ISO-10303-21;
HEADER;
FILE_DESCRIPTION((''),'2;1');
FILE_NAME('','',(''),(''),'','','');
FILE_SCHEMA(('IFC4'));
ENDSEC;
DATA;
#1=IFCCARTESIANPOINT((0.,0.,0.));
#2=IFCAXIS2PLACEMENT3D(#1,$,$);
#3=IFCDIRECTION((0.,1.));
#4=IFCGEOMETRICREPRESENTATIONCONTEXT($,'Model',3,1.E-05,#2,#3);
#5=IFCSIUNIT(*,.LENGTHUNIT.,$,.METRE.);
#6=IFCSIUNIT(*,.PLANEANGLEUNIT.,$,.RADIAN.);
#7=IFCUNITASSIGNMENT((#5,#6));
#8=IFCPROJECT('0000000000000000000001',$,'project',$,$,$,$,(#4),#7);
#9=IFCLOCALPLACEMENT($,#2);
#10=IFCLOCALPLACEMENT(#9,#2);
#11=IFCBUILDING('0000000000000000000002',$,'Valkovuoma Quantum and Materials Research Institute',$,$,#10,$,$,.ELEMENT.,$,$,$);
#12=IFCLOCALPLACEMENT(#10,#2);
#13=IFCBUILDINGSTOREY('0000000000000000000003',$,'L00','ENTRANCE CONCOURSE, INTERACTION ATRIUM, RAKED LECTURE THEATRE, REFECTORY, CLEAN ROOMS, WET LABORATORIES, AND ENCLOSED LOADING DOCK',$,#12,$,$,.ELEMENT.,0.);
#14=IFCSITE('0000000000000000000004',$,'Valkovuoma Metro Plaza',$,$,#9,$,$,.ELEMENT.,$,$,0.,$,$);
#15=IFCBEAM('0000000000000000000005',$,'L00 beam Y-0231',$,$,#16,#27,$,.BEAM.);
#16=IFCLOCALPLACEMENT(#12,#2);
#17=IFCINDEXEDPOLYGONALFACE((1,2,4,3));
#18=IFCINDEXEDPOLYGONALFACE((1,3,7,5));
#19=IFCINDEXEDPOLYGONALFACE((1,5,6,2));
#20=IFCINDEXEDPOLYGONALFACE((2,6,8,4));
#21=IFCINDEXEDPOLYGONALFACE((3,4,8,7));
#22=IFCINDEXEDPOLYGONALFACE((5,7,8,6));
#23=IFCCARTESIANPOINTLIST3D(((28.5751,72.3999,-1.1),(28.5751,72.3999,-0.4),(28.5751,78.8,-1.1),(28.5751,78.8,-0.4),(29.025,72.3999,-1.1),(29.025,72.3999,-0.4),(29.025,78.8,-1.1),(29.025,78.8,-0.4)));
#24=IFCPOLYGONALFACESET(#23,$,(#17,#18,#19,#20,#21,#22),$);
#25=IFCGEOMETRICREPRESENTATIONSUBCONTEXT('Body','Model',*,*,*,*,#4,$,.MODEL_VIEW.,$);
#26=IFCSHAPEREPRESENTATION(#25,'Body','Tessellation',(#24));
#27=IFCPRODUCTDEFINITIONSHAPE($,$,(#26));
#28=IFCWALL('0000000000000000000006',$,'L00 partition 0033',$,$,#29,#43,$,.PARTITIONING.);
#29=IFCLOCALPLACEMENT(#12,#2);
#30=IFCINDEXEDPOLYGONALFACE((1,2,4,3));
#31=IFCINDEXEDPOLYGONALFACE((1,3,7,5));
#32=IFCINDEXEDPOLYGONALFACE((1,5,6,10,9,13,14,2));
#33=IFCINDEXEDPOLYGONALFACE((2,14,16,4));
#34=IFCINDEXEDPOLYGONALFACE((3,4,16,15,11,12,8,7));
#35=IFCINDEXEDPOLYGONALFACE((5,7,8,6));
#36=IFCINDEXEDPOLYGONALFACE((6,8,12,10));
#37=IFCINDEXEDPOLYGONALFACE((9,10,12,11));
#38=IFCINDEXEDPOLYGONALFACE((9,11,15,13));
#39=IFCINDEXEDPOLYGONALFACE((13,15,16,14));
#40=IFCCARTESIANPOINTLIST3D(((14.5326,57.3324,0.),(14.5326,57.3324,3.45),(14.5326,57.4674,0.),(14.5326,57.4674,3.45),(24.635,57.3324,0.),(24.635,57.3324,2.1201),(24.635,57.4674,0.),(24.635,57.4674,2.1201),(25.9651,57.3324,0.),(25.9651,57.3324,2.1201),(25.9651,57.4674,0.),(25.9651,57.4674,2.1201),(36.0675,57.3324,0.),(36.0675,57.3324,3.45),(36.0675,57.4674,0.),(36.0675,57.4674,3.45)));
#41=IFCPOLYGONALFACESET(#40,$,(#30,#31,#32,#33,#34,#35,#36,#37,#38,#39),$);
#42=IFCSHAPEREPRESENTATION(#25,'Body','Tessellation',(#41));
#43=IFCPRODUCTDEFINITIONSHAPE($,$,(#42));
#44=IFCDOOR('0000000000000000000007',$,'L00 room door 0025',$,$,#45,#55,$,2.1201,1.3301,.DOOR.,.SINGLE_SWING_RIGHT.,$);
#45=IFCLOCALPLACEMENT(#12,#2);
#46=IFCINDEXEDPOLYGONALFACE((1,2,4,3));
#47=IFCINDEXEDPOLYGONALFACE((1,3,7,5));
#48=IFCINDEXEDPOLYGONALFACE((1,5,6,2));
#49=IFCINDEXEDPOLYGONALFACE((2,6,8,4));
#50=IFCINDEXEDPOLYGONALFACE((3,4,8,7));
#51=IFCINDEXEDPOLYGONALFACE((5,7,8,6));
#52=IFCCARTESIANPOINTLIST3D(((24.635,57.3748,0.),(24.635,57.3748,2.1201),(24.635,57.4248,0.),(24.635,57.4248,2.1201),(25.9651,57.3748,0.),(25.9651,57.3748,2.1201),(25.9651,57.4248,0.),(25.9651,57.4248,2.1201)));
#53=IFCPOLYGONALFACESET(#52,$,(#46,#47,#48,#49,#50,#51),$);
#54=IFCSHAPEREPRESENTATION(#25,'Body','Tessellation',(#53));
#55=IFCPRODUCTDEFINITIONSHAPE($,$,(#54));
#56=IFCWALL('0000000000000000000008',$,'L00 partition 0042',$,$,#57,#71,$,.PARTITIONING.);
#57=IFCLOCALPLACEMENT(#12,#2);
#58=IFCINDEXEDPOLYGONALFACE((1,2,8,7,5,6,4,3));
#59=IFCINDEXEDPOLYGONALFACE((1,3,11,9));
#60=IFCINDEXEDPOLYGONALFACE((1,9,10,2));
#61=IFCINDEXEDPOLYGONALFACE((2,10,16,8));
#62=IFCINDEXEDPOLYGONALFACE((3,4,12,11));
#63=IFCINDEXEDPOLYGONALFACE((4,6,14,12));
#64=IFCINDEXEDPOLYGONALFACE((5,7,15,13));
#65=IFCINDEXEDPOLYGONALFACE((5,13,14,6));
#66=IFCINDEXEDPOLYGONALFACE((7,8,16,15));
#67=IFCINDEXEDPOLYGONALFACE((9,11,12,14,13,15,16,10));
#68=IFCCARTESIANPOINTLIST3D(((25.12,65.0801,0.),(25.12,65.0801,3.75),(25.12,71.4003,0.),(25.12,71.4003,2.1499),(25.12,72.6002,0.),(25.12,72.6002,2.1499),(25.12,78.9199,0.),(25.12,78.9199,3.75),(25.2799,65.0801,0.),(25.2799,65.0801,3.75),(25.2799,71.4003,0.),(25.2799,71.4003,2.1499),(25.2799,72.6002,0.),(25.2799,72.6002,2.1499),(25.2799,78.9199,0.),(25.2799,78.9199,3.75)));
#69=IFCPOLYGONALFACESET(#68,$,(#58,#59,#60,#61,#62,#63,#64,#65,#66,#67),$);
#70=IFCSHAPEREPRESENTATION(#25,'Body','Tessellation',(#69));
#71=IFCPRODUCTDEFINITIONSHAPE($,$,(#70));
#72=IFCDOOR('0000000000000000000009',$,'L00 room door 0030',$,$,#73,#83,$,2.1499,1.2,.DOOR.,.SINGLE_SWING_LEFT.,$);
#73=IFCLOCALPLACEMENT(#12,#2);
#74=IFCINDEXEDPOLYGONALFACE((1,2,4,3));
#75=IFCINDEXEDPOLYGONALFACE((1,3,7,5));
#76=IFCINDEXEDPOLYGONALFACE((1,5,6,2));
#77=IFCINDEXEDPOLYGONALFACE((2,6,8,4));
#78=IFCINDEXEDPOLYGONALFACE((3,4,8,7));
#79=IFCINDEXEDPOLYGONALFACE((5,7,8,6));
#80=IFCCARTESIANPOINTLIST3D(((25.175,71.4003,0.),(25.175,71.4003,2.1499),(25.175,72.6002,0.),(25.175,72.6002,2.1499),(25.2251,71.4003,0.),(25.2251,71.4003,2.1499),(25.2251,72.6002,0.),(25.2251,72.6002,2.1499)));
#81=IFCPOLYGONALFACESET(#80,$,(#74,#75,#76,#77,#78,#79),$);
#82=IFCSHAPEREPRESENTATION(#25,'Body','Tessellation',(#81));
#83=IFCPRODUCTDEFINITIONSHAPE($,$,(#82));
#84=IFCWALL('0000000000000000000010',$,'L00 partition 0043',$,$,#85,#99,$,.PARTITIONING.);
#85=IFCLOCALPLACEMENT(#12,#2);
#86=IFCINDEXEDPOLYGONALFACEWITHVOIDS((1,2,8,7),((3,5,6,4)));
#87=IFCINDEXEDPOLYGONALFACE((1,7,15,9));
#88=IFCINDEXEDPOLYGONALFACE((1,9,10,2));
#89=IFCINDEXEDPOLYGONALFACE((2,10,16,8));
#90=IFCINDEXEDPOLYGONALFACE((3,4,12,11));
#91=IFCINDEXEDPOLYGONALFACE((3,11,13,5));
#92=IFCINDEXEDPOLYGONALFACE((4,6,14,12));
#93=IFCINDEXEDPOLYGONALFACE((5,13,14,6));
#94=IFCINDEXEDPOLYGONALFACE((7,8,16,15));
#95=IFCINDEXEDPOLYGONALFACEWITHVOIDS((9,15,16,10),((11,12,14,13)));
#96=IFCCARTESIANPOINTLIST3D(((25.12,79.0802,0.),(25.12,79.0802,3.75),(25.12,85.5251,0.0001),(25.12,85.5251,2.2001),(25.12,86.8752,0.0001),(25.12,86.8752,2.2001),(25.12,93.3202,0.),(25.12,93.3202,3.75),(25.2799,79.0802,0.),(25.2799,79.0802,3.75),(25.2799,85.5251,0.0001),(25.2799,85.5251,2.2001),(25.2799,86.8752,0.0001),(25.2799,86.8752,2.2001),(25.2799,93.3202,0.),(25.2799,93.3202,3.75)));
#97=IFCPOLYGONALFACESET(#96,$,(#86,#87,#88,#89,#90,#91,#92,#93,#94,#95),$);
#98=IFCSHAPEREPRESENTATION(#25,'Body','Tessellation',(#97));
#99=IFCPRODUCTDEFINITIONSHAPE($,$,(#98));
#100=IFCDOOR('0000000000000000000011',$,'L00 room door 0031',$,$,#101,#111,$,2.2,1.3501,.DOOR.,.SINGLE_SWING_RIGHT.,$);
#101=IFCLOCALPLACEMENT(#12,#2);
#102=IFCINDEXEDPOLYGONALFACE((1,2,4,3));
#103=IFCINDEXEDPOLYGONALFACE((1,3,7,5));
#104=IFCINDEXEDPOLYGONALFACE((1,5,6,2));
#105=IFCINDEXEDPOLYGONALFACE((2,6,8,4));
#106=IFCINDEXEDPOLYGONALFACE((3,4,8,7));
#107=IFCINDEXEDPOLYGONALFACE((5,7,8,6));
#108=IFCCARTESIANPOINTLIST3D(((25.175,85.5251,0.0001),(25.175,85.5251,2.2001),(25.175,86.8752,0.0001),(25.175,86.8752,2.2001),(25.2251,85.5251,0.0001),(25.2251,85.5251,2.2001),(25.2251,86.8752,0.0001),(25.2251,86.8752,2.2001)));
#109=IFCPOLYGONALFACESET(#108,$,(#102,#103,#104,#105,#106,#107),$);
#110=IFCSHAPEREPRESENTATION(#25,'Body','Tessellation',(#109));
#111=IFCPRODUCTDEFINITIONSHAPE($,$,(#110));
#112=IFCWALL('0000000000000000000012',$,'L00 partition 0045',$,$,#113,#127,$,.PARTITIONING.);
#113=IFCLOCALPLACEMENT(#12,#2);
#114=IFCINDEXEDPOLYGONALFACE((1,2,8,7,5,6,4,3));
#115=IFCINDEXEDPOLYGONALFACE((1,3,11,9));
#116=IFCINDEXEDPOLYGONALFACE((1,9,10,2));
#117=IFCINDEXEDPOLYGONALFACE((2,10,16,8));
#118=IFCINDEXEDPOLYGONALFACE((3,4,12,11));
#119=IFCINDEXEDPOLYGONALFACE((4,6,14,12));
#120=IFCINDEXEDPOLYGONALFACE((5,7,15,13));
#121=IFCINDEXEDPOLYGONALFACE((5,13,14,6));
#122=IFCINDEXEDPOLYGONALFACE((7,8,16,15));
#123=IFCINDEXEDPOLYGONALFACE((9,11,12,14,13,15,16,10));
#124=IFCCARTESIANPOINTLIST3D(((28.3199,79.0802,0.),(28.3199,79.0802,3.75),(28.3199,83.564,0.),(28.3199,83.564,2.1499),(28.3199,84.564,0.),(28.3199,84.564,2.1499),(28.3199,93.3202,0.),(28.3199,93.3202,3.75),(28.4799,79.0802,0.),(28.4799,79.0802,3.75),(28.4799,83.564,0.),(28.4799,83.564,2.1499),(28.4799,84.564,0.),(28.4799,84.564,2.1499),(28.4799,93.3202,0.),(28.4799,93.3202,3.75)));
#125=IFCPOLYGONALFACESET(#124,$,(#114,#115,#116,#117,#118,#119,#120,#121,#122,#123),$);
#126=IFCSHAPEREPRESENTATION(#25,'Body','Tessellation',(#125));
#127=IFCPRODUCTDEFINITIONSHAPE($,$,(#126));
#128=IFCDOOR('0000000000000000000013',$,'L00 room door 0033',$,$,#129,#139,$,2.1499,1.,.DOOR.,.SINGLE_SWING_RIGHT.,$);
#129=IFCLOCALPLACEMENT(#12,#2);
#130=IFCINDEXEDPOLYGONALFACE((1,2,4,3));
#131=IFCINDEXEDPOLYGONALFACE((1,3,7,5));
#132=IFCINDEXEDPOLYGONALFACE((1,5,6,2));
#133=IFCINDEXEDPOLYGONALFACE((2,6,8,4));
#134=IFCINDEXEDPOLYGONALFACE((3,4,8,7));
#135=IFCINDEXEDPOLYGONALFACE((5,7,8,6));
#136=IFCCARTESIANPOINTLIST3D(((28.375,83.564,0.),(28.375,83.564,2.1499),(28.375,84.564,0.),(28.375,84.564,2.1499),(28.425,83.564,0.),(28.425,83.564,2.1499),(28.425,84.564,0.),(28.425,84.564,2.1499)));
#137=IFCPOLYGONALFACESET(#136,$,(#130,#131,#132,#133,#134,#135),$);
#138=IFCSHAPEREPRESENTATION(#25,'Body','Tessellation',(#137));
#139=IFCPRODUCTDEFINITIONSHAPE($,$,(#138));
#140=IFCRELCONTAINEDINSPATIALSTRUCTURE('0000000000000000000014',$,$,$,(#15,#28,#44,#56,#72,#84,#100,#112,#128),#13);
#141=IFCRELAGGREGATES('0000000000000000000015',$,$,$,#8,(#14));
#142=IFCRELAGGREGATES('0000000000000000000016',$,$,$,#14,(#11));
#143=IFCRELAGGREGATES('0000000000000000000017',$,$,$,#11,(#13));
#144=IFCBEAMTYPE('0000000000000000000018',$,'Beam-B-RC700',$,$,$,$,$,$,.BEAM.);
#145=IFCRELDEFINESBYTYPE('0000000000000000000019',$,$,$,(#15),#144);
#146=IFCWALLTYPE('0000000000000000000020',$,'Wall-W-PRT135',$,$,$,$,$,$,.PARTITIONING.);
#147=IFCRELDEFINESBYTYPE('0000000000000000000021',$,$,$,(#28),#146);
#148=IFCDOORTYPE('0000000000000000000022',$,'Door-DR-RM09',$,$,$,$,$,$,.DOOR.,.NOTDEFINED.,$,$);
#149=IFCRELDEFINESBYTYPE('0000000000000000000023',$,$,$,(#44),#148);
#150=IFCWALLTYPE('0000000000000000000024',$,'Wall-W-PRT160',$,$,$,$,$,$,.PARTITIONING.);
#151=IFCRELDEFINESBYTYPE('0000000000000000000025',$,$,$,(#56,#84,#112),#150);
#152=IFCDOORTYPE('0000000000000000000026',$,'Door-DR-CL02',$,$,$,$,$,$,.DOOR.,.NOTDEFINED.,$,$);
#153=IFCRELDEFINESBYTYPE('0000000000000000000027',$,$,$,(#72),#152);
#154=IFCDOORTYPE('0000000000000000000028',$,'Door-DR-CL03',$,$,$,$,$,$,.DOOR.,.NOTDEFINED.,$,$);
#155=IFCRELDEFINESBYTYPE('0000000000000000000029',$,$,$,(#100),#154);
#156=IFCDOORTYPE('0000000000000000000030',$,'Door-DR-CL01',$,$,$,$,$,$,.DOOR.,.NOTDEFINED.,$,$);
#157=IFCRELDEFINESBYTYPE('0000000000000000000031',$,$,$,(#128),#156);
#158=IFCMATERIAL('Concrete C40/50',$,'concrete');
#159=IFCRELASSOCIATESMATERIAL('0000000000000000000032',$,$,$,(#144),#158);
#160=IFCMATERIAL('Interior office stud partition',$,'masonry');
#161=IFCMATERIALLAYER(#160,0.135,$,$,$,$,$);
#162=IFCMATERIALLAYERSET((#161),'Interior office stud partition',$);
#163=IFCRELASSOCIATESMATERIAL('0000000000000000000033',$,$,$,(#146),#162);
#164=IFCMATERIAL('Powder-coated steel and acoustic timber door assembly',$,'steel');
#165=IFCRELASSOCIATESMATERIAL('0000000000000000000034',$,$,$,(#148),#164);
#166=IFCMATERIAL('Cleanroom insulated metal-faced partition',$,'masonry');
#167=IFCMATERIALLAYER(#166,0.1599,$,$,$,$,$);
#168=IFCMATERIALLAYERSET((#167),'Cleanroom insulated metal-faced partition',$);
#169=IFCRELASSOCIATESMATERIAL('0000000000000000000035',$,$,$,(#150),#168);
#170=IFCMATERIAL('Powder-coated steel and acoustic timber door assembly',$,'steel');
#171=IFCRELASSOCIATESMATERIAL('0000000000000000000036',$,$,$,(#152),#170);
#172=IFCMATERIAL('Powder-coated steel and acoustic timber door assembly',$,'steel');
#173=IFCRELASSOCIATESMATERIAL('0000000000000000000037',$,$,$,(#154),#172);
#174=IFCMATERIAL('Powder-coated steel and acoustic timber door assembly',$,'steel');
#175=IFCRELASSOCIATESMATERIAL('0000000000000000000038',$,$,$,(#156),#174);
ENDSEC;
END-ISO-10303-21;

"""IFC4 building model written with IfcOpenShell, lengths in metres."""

from ifc_helpers import new_model, si_unit, direction, frame, frame_2d, origin, origin_2d, place, context, subcontext, project, spatial, rectangle, extrude, material, layer, layer_set, material_profile, profile_set, type_object, element, fill, save


model = new_model("IFC4")

# Units and contexts
model_context = context("Model", 3, precision=1e-05, world=origin(), true_north=direction((0.0, 1.0)))
body_context = subcontext(model_context, "Body", "Model", "MODEL_VIEW")
ifc_project = project(units=[si_unit("LENGTHUNIT", "METRE"), si_unit("PLANEANGLEUNIT", "RADIAN")], contexts=[model_context])

# Site, building, storey
site_placement = place(None, origin())
site = spatial("IfcSite", under=ifc_project, at=site_placement, Name="Valkovuoma Metro Plaza", CompositionType="ELEMENT", RefElevation=0.0)
building_placement = place(site_placement, origin())
building = spatial("IfcBuilding", under=site, at=building_placement, Name="Valkovuoma Quantum and Materials Research Institute", CompositionType="ELEMENT")
storey_placement = place(building_placement, origin())
storey = spatial("IfcBuildingStorey", under=building, at=storey_placement, Name="L00", Description="ENTRANCE CONCOURSE, INTERACTION ATRIUM, RAKED LECTURE THEATRE, REFECTORY, CLEAN ROOMS, WET LABORATORIES, AND ENCLOSED LOADING DOCK", CompositionType="ELEMENT", Elevation=0.0)

# Beam
ifc_material_1 = material(Name="Concrete C40/50", Category="concrete")
ifc_material_profile_1 = material_profile(ifc_material_1, rectangle(XDim=0.45, YDim=0.7, at=origin_2d()), Name="Concrete C40/50")
ifc_profile_set_1 = profile_set([ifc_material_profile_1], Name="Concrete C40/50")
beam_type_1 = type_object("IfcBeamType", Name="Beam-B-RC700", PredefinedType="BEAM", material=ifc_profile_set_1)
for number, where, z_axis, x_axis, name in (
    (1, (28.8, 72.3999, -0.75), (0.0, 1.0, 0.0), (-1.0, 0.0, 0.0), "L00 beam Y-0231"),
):
    element("IfcBeam", number, at=place(storey_placement, frame(where, z_axis=z_axis, x_axis=x_axis)), inside=storey, type_object=beam_type_1, Name=name, PredefinedType="BEAM", context=body_context, shape_type="SweptSolid", body=[
        extrude(rectangle(XDim=0.45, YDim=0.7, at=origin_2d()), origin(), (0.0, 0.0, 1.0), 6.4001),
    ])

# Walls, openings, doors
ifc_material_2 = material(Name="Interior office stud partition", Category="masonry")
ifc_layer_1 = layer(ifc_material_2, 0.135)
ifc_layer_set_1 = layer_set([ifc_layer_1], Name="Interior office stud partition")
wall_type_1 = type_object("IfcWallType", Name="Wall-W-PRT135", PredefinedType="PARTITIONING", material=ifc_layer_set_1)
wall_1_placement = place(storey_placement, frame((14.5325, 57.3999, 0.0), z_axis=(0.0, 0.0, 1.0), x_axis=(1.0, 0.0, 0.0)))
wall_1 = element("IfcWall", 2, at=wall_1_placement, inside=storey, type_object=wall_type_1, Name="L00 partition 0033", PredefinedType="PARTITIONING", context=body_context, shape_type="SweptSolid", body=[
    extrude(rectangle(XDim=21.5349, YDim=0.135, at=frame_2d((10.7676, 0.0))), origin(), (0.0, 0.0, 1.0), 3.45),
])
opening_1_placement = place(wall_1_placement, frame((10.1025, 0.0, 0.0)))
opening_1 = element("IfcOpeningElement", 3, at=opening_1_placement, cuts=wall_1, PredefinedType="OPENING", context=body_context, shape_type="SweptSolid", body=[
    extrude(rectangle(XDim=1.3301, YDim=2.1201, at=frame_2d((0.665, 1.0601))), frame((0.0, 0.0776, 0.0), z_axis=(0.0, -1.0, 0.0), x_axis=(1.0, 0.0, 0.0)), (0.0, 0.0, 1.0), 0.155),
])
ifc_material_3 = material(Name="Powder-coated steel and acoustic timber door assembly", Category="steel")
door_type_1 = type_object("IfcDoorType", Name="Door-DR-RM09", OperationType="NOTDEFINED", PredefinedType="DOOR", material=ifc_material_3)
door_1_placement = place(opening_1_placement, origin())
door_1 = element("IfcDoor", 4, at=door_1_placement, inside=storey, type_object=door_type_1, Name="L00 room door 0025", OperationType="SINGLE_SWING_RIGHT", OverallHeight=2.1201, OverallWidth=1.3301, PredefinedType="DOOR", context=body_context, shape_type="SweptSolid", body=[
    extrude(rectangle(XDim=1.3301, YDim=2.1201, at=frame_2d((0.665, 1.0601))), frame((0.0, 0.0249, 0.0), z_axis=(0.0, -1.0, 0.0), x_axis=(1.0, 0.0, 0.0)), (0.0, 0.0, 1.0), 0.05),
])
fill(opening_1, door_1)
ifc_material_4 = material(Name="Cleanroom insulated metal-faced partition", Category="masonry")
ifc_layer_2 = layer(ifc_material_4, 0.1599)
ifc_layer_set_2 = layer_set([ifc_layer_2], Name="Cleanroom insulated metal-faced partition")
wall_type_2 = type_object("IfcWallType", Name="Wall-W-PRT160", PredefinedType="PARTITIONING", material=ifc_layer_set_2)
wall_2_placement = place(storey_placement, frame((25.2, 65.0801, 0.0), z_axis=(0.0, 0.0, 1.0), x_axis=(0.0, 1.0, 0.0)))
wall_2 = element("IfcWall", 5, at=wall_2_placement, inside=storey, type_object=wall_type_2, Name="L00 partition 0042", PredefinedType="PARTITIONING", context=body_context, shape_type="SweptSolid", body=[
    extrude(rectangle(XDim=13.8398, YDim=0.1599, at=frame_2d((6.9199, 0.0))), origin(), (0.0, 0.0, 1.0), 3.75),
])
opening_2_placement = place(wall_2_placement, frame((6.3201, 0.0, 0.0)))
opening_2 = element("IfcOpeningElement", 6, at=opening_2_placement, cuts=wall_2, PredefinedType="OPENING", context=body_context, shape_type="SweptSolid", body=[
    extrude(rectangle(XDim=1.2, YDim=2.1499, at=frame_2d((0.6001, 1.075))), frame((0.0, 0.0898, 0.0), z_axis=(0.0, -1.0, 0.0), x_axis=(1.0, 0.0, 0.0)), (0.0, 0.0, 1.0), 0.1799),
])
ifc_material_5 = material(Name="Powder-coated steel and acoustic timber door assembly", Category="steel")
door_type_2 = type_object("IfcDoorType", Name="Door-DR-CL02", OperationType="NOTDEFINED", PredefinedType="DOOR", material=ifc_material_5)
door_2_placement = place(opening_2_placement, origin())
door_2 = element("IfcDoor", 7, at=door_2_placement, inside=storey, type_object=door_type_2, Name="L00 room door 0030", OperationType="SINGLE_SWING_LEFT", OverallHeight=2.1499, OverallWidth=1.2, PredefinedType="DOOR", context=body_context, shape_type="SweptSolid", body=[
    extrude(rectangle(XDim=1.2, YDim=2.1499, at=frame_2d((0.6001, 1.075))), frame((0.0, 0.0249, 0.0), z_axis=(0.0, -1.0, 0.0), x_axis=(1.0, 0.0, 0.0)), (0.0, 0.0, 1.0), 0.05),
])
fill(opening_2, door_2)
wall_3_placement = place(storey_placement, frame((25.2, 79.0801, 0.0), z_axis=(0.0, 0.0, 1.0), x_axis=(0.0, 1.0, 0.0)))
wall_3 = element("IfcWall", 8, at=wall_3_placement, inside=storey, type_object=wall_type_2, Name="L00 partition 0043", PredefinedType="PARTITIONING", context=body_context, shape_type="SweptSolid", body=[
    extrude(rectangle(XDim=14.24, YDim=0.1599, at=frame_2d((7.1201, 0.0))), origin(), (0.0, 0.0, 1.0), 3.75),
])
opening_3_placement = place(wall_3_placement, frame((6.4451, 0.0, 0.0)))
opening_3 = element("IfcOpeningElement", 9, at=opening_3_placement, cuts=wall_3, PredefinedType="OPENING", context=body_context, shape_type="SweptSolid", body=[
    extrude(rectangle(XDim=1.3501, YDim=2.2, at=frame_2d((0.675, 1.1001))), frame((0.0, 0.0898, 0.0), z_axis=(0.0, -1.0, 0.0), x_axis=(1.0, 0.0, 0.0)), (0.0, 0.0, 1.0), 0.1799),
])
ifc_material_6 = material(Name="Powder-coated steel and acoustic timber door assembly", Category="steel")
door_type_3 = type_object("IfcDoorType", Name="Door-DR-CL03", OperationType="NOTDEFINED", PredefinedType="DOOR", material=ifc_material_6)
door_3_placement = place(opening_3_placement, origin())
door_3 = element("IfcDoor", 10, at=door_3_placement, inside=storey, type_object=door_type_3, Name="L00 room door 0031", OperationType="SINGLE_SWING_RIGHT", OverallHeight=2.2, OverallWidth=1.3501, PredefinedType="DOOR", context=body_context, shape_type="SweptSolid", body=[
    extrude(rectangle(XDim=1.3501, YDim=2.2, at=frame_2d((0.675, 1.1001))), frame((0.0, 0.0249, 0.0), z_axis=(0.0, -1.0, 0.0), x_axis=(1.0, 0.0, 0.0)), (0.0, 0.0, 1.0), 0.05),
])
fill(opening_3, door_3)
wall_4_placement = place(storey_placement, frame((28.3999, 79.0801, 0.0), z_axis=(0.0, 0.0, 1.0), x_axis=(0.0, 1.0, 0.0)))
wall_4 = element("IfcWall", 11, at=wall_4_placement, inside=storey, type_object=wall_type_2, Name="L00 partition 0045", PredefinedType="PARTITIONING", context=body_context, shape_type="SweptSolid", body=[
    extrude(rectangle(XDim=14.24, YDim=0.1599, at=frame_2d((7.1201, 0.0))), origin(), (0.0, 0.0, 1.0), 3.75),
])
opening_4_placement = place(wall_4_placement, frame((4.4839, 0.0, 0.0)))
opening_4 = element("IfcOpeningElement", 12, at=opening_4_placement, cuts=wall_4, PredefinedType="OPENING", context=body_context, shape_type="SweptSolid", body=[
    extrude(rectangle(XDim=1.0, YDim=2.1499, at=frame_2d((0.5, 1.075))), frame((0.0, 0.0898, 0.0), z_axis=(0.0, -1.0, 0.0), x_axis=(1.0, 0.0, 0.0)), (0.0, 0.0, 1.0), 0.1799),
])
ifc_material_7 = material(Name="Powder-coated steel and acoustic timber door assembly", Category="steel")
door_type_4 = type_object("IfcDoorType", Name="Door-DR-CL01", OperationType="NOTDEFINED", PredefinedType="DOOR", material=ifc_material_7)
door_4_placement = place(opening_4_placement, origin())
door_4 = element("IfcDoor", 13, at=door_4_placement, inside=storey, type_object=door_type_4, Name="L00 room door 0033", OperationType="SINGLE_SWING_RIGHT", OverallHeight=2.1499, OverallWidth=1.0, PredefinedType="DOOR", context=body_context, shape_type="SweptSolid", body=[
    extrude(rectangle(XDim=1.0, YDim=2.1499, at=frame_2d((0.5, 1.075))), frame((0.0, 0.0249, 0.0), z_axis=(0.0, -1.0, 0.0), x_axis=(1.0, 0.0, 0.0)), (0.0, 0.0, 1.0), 0.05),
])
fill(opening_4, door_4)

save(model, "model.ifc")
